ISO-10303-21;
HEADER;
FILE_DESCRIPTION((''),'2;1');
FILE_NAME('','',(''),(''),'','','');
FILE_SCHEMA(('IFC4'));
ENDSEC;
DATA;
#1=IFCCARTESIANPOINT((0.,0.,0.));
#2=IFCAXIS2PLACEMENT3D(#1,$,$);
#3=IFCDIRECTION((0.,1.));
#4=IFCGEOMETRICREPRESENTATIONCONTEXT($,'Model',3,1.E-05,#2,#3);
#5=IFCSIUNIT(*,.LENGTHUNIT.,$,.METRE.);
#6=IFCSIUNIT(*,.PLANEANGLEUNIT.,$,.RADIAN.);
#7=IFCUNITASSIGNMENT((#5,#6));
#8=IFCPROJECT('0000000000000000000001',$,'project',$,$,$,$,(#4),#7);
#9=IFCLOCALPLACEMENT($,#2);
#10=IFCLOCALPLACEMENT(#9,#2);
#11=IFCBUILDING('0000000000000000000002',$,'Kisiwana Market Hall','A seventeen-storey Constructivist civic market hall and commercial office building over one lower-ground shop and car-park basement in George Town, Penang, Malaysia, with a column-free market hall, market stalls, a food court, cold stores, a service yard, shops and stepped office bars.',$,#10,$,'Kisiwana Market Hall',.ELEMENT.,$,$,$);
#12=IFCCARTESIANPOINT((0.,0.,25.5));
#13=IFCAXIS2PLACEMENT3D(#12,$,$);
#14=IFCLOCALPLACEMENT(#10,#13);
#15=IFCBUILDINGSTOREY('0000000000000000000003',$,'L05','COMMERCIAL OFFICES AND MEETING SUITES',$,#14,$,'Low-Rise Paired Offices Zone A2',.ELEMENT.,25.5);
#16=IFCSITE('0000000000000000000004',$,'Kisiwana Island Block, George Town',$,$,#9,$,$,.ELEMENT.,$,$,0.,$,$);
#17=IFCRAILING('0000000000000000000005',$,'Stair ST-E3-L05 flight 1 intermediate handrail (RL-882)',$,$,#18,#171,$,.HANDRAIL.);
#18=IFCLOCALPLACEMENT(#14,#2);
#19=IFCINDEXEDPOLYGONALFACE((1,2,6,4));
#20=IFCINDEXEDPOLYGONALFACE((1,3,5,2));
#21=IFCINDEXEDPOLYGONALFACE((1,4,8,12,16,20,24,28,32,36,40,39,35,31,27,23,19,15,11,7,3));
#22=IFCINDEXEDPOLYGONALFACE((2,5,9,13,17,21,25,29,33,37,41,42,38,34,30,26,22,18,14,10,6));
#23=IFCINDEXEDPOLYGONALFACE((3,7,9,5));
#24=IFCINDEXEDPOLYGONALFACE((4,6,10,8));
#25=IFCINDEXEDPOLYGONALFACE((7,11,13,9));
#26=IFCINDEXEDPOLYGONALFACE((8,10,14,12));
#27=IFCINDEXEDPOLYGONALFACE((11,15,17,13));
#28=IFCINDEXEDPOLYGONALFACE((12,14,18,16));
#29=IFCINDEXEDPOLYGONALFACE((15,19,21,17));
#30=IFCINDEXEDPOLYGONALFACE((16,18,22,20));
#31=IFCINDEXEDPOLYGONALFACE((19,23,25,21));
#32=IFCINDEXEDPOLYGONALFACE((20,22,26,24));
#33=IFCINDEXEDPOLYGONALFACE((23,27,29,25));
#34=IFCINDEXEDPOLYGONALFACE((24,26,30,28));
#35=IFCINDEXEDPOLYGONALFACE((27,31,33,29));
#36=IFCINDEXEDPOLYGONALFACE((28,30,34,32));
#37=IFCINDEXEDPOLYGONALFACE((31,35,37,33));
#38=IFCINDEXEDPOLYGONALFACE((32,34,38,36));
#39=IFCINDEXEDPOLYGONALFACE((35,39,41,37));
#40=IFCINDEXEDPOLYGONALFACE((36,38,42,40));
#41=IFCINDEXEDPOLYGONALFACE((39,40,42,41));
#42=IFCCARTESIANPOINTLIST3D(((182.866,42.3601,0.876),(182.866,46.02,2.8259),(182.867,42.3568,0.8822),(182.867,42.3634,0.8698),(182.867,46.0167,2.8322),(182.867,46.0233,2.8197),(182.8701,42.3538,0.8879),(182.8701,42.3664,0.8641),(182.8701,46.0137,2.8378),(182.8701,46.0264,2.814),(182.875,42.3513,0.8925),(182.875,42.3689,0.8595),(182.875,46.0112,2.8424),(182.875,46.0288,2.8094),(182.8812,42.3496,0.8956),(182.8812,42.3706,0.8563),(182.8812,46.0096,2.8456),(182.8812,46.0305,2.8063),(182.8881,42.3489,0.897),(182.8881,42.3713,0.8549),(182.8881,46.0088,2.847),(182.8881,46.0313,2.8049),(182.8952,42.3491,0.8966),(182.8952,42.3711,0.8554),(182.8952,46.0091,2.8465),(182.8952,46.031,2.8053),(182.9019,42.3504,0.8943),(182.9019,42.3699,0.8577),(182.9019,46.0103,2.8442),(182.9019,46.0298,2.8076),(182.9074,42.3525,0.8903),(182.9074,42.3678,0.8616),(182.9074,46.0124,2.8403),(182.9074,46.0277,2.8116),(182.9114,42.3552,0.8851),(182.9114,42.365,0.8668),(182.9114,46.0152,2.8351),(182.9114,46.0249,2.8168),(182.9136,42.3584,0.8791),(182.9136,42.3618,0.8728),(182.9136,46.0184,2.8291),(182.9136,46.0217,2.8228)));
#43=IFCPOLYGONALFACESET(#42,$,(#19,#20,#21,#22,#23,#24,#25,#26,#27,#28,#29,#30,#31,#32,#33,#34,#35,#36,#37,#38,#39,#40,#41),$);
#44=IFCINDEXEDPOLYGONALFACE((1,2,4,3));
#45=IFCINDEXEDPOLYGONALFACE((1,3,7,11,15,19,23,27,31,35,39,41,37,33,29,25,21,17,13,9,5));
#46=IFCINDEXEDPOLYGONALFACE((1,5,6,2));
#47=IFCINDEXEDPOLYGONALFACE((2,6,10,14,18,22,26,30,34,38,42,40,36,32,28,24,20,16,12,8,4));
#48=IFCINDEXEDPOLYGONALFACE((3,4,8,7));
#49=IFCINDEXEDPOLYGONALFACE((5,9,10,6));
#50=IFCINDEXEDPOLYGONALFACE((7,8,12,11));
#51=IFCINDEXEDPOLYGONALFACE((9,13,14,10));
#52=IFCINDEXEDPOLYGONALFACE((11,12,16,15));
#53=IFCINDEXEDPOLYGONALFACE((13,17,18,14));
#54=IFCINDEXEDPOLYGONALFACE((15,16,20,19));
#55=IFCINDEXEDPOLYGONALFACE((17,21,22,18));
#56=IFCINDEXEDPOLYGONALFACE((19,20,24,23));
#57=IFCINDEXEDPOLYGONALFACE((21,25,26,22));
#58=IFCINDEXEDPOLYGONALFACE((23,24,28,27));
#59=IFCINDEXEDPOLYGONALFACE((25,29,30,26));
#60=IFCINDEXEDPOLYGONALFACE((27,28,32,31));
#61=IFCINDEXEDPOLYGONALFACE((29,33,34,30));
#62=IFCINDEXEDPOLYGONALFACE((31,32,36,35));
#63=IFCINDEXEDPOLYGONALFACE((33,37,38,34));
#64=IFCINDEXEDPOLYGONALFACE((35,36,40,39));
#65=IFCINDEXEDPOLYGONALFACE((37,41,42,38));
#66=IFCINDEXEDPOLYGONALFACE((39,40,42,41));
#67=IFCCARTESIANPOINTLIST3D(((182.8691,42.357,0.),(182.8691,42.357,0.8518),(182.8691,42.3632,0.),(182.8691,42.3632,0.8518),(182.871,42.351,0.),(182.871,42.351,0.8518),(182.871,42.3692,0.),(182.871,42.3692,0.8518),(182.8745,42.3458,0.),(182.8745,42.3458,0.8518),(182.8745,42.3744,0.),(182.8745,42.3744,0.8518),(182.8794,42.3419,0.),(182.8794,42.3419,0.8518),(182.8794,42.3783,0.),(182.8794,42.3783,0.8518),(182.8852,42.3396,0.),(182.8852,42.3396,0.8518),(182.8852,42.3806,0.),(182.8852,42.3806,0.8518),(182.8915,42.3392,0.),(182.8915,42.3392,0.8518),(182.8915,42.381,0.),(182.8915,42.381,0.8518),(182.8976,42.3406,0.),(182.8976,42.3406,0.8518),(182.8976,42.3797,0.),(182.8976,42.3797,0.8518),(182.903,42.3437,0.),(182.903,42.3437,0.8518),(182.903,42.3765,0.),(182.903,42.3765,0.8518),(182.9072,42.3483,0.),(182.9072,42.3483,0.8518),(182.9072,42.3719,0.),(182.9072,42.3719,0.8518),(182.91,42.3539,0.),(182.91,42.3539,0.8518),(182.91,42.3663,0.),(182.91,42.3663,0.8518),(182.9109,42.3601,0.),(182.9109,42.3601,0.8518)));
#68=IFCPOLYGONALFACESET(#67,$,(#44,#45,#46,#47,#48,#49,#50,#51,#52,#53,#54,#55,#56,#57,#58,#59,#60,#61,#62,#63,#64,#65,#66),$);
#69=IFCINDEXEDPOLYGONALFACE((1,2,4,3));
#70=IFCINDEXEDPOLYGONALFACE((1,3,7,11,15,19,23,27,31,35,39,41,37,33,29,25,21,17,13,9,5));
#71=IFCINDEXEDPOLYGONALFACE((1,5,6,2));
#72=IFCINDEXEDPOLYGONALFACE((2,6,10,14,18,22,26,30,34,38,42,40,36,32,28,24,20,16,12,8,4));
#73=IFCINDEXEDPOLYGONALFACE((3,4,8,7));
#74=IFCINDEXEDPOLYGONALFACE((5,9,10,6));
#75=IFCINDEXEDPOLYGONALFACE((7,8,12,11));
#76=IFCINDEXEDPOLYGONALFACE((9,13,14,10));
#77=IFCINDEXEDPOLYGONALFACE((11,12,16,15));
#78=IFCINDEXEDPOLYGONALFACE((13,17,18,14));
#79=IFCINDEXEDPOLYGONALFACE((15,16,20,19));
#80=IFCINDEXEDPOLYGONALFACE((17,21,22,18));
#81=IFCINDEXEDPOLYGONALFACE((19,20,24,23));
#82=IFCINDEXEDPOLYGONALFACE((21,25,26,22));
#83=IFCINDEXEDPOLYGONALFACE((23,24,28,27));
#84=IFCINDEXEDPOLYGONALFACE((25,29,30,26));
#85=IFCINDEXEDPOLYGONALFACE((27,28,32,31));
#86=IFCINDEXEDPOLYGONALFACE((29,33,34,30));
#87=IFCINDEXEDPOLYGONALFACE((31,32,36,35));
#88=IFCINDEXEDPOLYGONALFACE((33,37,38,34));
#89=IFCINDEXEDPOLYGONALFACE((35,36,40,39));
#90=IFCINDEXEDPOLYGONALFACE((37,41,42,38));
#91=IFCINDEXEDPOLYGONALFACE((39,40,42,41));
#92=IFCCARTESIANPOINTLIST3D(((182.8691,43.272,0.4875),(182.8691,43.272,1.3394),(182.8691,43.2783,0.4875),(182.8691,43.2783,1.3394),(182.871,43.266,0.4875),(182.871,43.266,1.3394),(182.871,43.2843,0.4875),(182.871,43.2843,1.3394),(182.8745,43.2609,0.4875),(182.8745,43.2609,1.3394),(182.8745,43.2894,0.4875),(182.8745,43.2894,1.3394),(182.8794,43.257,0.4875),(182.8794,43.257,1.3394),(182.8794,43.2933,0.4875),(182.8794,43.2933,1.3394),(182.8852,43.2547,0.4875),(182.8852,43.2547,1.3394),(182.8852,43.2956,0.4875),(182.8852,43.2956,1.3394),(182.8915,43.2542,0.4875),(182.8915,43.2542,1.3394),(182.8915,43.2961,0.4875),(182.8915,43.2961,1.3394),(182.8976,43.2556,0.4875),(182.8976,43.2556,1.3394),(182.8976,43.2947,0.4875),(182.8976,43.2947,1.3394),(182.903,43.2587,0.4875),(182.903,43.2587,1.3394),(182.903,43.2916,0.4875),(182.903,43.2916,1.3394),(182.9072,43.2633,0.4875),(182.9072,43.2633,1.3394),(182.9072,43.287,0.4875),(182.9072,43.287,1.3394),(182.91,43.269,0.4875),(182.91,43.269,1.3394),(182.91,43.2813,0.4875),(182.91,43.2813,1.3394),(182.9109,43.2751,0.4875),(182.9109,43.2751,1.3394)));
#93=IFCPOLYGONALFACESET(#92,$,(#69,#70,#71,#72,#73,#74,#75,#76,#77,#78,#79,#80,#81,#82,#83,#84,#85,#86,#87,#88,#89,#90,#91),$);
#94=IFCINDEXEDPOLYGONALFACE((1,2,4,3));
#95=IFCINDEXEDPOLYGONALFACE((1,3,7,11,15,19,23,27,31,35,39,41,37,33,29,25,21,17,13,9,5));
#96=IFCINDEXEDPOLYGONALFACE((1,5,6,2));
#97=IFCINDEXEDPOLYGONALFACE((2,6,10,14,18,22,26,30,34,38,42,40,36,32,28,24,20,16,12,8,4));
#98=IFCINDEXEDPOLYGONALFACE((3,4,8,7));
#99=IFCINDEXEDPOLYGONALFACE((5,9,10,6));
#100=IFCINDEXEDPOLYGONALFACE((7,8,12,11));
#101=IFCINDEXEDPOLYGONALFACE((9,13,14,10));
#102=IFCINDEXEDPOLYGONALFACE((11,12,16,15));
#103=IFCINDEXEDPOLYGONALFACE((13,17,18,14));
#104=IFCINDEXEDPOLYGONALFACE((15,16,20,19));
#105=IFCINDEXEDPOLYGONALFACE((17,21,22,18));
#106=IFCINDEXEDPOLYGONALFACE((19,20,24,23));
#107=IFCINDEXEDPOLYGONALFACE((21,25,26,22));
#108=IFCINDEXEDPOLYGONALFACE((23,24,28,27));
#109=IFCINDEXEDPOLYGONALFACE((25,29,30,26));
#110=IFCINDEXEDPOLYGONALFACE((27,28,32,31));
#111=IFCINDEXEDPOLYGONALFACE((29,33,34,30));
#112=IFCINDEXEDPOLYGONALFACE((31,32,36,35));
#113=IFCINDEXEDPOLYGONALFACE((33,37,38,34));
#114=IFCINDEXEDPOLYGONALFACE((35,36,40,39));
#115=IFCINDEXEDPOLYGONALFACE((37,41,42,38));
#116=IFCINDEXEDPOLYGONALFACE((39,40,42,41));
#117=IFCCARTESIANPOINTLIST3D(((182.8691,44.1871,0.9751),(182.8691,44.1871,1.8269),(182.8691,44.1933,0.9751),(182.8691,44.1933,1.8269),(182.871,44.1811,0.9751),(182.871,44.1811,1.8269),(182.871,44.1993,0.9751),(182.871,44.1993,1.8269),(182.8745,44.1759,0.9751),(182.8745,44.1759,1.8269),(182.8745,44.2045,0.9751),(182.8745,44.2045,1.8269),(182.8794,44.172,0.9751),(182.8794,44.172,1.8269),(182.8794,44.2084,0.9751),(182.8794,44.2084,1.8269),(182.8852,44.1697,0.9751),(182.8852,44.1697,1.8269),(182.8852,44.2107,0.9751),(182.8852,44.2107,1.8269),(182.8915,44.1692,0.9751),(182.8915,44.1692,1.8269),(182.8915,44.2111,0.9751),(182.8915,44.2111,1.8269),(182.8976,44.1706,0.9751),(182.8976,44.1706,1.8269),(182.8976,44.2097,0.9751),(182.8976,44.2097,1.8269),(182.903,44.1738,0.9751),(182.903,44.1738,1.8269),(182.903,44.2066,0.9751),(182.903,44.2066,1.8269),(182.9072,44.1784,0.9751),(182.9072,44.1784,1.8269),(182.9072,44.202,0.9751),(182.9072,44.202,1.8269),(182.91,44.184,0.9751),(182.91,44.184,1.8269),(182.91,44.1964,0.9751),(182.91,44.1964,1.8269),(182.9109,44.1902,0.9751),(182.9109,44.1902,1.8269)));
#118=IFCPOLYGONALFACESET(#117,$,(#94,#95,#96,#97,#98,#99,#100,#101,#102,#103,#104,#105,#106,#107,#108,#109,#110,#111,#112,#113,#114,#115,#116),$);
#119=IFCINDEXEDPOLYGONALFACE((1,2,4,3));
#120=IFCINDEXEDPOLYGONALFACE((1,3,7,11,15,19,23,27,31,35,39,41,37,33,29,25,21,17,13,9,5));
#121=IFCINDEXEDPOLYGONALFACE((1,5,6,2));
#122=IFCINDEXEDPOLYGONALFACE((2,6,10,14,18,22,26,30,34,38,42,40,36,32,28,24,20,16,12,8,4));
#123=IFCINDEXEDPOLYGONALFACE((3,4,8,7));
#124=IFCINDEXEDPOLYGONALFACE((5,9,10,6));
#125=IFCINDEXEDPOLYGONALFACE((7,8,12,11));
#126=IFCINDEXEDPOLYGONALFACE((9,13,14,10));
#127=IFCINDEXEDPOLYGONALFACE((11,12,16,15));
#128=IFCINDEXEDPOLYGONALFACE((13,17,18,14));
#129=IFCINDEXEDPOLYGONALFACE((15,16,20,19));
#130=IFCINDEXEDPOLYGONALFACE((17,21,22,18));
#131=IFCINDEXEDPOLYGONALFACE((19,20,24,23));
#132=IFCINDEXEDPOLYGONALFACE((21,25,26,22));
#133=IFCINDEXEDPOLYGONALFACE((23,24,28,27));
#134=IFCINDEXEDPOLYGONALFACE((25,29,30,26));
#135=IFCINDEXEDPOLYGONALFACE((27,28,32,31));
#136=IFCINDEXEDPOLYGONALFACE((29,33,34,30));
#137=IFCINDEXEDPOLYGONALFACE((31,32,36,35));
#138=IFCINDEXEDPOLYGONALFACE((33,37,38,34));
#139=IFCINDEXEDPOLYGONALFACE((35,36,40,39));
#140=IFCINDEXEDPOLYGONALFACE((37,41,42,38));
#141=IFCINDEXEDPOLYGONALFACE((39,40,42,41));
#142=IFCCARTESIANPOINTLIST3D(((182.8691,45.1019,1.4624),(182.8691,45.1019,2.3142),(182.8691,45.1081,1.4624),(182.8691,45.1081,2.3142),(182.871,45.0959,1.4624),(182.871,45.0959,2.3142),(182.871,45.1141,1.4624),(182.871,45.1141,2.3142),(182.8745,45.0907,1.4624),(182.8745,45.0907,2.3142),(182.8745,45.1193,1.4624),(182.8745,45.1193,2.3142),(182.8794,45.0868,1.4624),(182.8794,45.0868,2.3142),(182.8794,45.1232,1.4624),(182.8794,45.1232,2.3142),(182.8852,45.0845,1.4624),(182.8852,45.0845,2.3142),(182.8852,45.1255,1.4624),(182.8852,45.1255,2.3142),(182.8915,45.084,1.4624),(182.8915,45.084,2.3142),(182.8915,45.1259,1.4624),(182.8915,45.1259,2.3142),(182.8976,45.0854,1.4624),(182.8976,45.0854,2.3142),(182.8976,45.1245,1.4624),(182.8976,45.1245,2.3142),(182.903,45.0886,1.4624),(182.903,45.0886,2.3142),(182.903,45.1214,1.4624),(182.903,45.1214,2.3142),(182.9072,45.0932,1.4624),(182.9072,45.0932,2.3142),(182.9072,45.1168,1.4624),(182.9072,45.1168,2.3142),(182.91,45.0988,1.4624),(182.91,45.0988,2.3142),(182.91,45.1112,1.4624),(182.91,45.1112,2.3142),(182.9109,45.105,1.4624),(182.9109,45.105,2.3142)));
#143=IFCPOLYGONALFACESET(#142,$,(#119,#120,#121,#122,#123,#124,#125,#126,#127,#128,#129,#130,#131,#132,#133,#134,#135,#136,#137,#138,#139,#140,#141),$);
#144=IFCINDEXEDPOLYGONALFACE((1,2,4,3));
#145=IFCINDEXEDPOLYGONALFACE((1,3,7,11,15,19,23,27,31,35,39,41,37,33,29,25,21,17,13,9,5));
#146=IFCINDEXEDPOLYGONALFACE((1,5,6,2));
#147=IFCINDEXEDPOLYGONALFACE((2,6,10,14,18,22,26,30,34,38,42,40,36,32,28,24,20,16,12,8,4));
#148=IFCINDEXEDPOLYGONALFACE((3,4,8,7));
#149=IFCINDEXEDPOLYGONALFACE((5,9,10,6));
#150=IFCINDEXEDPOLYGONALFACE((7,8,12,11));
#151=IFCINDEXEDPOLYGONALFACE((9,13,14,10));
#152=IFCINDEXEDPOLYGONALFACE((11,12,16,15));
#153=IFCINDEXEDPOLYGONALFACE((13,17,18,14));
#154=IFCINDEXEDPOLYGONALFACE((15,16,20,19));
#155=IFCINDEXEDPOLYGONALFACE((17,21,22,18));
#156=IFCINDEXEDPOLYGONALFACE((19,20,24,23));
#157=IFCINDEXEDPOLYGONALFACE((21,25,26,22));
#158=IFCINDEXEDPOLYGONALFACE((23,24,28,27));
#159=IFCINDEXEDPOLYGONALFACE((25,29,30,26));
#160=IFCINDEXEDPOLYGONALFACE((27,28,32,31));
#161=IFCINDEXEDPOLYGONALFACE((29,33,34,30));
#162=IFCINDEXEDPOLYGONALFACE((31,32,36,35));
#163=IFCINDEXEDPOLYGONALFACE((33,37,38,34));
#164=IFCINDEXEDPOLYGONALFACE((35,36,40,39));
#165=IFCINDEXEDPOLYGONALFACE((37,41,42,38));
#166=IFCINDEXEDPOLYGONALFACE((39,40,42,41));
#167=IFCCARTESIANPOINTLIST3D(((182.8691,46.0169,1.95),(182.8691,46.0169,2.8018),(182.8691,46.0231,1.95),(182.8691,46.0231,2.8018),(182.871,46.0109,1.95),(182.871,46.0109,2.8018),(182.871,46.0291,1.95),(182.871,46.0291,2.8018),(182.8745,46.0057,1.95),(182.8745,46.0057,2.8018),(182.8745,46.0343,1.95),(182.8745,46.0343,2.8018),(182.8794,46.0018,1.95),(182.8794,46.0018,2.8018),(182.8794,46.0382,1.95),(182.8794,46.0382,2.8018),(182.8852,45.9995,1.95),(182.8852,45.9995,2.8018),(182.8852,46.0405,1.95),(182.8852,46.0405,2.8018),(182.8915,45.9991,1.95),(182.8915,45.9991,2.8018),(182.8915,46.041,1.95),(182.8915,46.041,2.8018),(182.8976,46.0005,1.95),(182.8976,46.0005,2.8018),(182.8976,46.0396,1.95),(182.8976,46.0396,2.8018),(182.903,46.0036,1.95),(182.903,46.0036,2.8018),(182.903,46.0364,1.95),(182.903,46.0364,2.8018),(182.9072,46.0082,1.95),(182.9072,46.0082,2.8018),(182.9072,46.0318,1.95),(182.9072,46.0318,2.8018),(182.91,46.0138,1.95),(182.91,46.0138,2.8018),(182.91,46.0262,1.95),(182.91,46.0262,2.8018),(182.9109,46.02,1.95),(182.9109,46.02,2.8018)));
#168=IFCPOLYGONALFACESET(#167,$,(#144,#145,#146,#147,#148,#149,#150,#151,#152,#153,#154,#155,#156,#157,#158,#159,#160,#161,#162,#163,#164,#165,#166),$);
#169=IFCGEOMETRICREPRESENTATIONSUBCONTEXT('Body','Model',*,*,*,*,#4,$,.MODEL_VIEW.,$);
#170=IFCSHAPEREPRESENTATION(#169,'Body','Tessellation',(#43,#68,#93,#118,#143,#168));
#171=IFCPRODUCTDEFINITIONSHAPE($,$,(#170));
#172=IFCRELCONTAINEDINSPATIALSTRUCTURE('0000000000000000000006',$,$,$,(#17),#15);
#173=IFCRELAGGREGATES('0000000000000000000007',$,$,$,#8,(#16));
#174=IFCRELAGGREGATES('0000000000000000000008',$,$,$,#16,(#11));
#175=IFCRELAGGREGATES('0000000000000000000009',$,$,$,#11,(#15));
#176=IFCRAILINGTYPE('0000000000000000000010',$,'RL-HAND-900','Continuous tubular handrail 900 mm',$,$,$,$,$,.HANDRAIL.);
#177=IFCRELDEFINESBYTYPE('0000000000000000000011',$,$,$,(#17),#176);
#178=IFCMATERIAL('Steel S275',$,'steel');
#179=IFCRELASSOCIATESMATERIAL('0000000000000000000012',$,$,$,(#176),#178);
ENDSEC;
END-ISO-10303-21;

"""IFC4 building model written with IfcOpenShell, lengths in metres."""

from ifc_helpers import new_model, si_unit, direction, frame, origin, origin_2d, place, context, subcontext, project, spatial, circle, extrude, material, type_object, element, save


model = new_model("IFC4")

# Units and contexts
model_context = context("Model", 3, precision=1e-05, world=origin(), true_north=direction((0.0, 1.0)))
body_context = subcontext(model_context, "Body", "Model", "MODEL_VIEW")
ifc_project = project(units=[si_unit("LENGTHUNIT", "METRE"), si_unit("PLANEANGLEUNIT", "RADIAN")], contexts=[model_context])

# Site, building, storey
site_placement = place(None, origin())
site = spatial("IfcSite", under=ifc_project, at=site_placement, Name="Kisiwana Island Block, George Town", CompositionType="ELEMENT", RefElevation=0.0)
building_placement = place(site_placement, origin())
building = spatial("IfcBuilding", under=site, at=building_placement, Name="Kisiwana Market Hall", Description="A seventeen-storey Constructivist civic market hall and commercial office building over one lower-ground shop and car-park basement in George Town, Penang, Malaysia, with a column-free market hall, market stalls, a food court, cold stores, a service yard, shops and stepped office bars.", LongName="Kisiwana Market Hall", CompositionType="ELEMENT")
storey_placement = place(building_placement, frame((0.0, 0.0, 25.5)))
storey = spatial("IfcBuildingStorey", under=building, at=storey_placement, Name="L05", Description="COMMERCIAL OFFICES AND MEETING SUITES", LongName="Low-Rise Paired Offices Zone A2", CompositionType="ELEMENT", Elevation=25.5)

# Railing
ifc_material_1 = material(Name="Steel S275", Category="steel")
railing_type_1 = type_object("IfcRailingType", Name="RL-HAND-900", Description="Continuous tubular handrail 900 mm", PredefinedType="HANDRAIL", material=ifc_material_1)
railing_1_placement = place(storey_placement, frame((182.8899, 42.3601, 0.0)))
element("IfcRailing", 1, at=railing_1_placement, inside=storey, type_object=railing_type_1, Name="Stair ST-E3-L05 flight 1 intermediate handrail (RL-882)", PredefinedType="HANDRAIL", context=body_context, shape_type="SweptSolid", body=[
    extrude(circle(Radius=0.0239, at=origin_2d()), frame((0.0, 0.0, 0.876), z_axis=(0.0, 0.882553, 0.470212), x_axis=(-1.0, 0.0, 0.0)), (0.0, 0.0, 1.0), 4.147),
    extrude(circle(Radius=0.021, at=origin_2d()), origin(), (0.0, 0.0, 1.0), 0.8518),
    extrude(circle(Radius=0.021, at=origin_2d()), frame((0.0, 0.915, 0.4875)), (0.0, 0.0, 1.0), 0.8518),
    extrude(circle(Radius=0.021, at=origin_2d()), frame((0.0, 1.8301, 0.9751)), (0.0, 0.0, 1.0), 0.8518),
    extrude(circle(Radius=0.021, at=origin_2d()), frame((0.0, 2.7449, 1.4624)), (0.0, 0.0, 1.0), 0.8518),
    extrude(circle(Radius=0.021, at=origin_2d()), frame((0.0, 3.6599, 1.95)), (0.0, 0.0, 1.0), 0.8518),
])

save(model, "model.ifc")
